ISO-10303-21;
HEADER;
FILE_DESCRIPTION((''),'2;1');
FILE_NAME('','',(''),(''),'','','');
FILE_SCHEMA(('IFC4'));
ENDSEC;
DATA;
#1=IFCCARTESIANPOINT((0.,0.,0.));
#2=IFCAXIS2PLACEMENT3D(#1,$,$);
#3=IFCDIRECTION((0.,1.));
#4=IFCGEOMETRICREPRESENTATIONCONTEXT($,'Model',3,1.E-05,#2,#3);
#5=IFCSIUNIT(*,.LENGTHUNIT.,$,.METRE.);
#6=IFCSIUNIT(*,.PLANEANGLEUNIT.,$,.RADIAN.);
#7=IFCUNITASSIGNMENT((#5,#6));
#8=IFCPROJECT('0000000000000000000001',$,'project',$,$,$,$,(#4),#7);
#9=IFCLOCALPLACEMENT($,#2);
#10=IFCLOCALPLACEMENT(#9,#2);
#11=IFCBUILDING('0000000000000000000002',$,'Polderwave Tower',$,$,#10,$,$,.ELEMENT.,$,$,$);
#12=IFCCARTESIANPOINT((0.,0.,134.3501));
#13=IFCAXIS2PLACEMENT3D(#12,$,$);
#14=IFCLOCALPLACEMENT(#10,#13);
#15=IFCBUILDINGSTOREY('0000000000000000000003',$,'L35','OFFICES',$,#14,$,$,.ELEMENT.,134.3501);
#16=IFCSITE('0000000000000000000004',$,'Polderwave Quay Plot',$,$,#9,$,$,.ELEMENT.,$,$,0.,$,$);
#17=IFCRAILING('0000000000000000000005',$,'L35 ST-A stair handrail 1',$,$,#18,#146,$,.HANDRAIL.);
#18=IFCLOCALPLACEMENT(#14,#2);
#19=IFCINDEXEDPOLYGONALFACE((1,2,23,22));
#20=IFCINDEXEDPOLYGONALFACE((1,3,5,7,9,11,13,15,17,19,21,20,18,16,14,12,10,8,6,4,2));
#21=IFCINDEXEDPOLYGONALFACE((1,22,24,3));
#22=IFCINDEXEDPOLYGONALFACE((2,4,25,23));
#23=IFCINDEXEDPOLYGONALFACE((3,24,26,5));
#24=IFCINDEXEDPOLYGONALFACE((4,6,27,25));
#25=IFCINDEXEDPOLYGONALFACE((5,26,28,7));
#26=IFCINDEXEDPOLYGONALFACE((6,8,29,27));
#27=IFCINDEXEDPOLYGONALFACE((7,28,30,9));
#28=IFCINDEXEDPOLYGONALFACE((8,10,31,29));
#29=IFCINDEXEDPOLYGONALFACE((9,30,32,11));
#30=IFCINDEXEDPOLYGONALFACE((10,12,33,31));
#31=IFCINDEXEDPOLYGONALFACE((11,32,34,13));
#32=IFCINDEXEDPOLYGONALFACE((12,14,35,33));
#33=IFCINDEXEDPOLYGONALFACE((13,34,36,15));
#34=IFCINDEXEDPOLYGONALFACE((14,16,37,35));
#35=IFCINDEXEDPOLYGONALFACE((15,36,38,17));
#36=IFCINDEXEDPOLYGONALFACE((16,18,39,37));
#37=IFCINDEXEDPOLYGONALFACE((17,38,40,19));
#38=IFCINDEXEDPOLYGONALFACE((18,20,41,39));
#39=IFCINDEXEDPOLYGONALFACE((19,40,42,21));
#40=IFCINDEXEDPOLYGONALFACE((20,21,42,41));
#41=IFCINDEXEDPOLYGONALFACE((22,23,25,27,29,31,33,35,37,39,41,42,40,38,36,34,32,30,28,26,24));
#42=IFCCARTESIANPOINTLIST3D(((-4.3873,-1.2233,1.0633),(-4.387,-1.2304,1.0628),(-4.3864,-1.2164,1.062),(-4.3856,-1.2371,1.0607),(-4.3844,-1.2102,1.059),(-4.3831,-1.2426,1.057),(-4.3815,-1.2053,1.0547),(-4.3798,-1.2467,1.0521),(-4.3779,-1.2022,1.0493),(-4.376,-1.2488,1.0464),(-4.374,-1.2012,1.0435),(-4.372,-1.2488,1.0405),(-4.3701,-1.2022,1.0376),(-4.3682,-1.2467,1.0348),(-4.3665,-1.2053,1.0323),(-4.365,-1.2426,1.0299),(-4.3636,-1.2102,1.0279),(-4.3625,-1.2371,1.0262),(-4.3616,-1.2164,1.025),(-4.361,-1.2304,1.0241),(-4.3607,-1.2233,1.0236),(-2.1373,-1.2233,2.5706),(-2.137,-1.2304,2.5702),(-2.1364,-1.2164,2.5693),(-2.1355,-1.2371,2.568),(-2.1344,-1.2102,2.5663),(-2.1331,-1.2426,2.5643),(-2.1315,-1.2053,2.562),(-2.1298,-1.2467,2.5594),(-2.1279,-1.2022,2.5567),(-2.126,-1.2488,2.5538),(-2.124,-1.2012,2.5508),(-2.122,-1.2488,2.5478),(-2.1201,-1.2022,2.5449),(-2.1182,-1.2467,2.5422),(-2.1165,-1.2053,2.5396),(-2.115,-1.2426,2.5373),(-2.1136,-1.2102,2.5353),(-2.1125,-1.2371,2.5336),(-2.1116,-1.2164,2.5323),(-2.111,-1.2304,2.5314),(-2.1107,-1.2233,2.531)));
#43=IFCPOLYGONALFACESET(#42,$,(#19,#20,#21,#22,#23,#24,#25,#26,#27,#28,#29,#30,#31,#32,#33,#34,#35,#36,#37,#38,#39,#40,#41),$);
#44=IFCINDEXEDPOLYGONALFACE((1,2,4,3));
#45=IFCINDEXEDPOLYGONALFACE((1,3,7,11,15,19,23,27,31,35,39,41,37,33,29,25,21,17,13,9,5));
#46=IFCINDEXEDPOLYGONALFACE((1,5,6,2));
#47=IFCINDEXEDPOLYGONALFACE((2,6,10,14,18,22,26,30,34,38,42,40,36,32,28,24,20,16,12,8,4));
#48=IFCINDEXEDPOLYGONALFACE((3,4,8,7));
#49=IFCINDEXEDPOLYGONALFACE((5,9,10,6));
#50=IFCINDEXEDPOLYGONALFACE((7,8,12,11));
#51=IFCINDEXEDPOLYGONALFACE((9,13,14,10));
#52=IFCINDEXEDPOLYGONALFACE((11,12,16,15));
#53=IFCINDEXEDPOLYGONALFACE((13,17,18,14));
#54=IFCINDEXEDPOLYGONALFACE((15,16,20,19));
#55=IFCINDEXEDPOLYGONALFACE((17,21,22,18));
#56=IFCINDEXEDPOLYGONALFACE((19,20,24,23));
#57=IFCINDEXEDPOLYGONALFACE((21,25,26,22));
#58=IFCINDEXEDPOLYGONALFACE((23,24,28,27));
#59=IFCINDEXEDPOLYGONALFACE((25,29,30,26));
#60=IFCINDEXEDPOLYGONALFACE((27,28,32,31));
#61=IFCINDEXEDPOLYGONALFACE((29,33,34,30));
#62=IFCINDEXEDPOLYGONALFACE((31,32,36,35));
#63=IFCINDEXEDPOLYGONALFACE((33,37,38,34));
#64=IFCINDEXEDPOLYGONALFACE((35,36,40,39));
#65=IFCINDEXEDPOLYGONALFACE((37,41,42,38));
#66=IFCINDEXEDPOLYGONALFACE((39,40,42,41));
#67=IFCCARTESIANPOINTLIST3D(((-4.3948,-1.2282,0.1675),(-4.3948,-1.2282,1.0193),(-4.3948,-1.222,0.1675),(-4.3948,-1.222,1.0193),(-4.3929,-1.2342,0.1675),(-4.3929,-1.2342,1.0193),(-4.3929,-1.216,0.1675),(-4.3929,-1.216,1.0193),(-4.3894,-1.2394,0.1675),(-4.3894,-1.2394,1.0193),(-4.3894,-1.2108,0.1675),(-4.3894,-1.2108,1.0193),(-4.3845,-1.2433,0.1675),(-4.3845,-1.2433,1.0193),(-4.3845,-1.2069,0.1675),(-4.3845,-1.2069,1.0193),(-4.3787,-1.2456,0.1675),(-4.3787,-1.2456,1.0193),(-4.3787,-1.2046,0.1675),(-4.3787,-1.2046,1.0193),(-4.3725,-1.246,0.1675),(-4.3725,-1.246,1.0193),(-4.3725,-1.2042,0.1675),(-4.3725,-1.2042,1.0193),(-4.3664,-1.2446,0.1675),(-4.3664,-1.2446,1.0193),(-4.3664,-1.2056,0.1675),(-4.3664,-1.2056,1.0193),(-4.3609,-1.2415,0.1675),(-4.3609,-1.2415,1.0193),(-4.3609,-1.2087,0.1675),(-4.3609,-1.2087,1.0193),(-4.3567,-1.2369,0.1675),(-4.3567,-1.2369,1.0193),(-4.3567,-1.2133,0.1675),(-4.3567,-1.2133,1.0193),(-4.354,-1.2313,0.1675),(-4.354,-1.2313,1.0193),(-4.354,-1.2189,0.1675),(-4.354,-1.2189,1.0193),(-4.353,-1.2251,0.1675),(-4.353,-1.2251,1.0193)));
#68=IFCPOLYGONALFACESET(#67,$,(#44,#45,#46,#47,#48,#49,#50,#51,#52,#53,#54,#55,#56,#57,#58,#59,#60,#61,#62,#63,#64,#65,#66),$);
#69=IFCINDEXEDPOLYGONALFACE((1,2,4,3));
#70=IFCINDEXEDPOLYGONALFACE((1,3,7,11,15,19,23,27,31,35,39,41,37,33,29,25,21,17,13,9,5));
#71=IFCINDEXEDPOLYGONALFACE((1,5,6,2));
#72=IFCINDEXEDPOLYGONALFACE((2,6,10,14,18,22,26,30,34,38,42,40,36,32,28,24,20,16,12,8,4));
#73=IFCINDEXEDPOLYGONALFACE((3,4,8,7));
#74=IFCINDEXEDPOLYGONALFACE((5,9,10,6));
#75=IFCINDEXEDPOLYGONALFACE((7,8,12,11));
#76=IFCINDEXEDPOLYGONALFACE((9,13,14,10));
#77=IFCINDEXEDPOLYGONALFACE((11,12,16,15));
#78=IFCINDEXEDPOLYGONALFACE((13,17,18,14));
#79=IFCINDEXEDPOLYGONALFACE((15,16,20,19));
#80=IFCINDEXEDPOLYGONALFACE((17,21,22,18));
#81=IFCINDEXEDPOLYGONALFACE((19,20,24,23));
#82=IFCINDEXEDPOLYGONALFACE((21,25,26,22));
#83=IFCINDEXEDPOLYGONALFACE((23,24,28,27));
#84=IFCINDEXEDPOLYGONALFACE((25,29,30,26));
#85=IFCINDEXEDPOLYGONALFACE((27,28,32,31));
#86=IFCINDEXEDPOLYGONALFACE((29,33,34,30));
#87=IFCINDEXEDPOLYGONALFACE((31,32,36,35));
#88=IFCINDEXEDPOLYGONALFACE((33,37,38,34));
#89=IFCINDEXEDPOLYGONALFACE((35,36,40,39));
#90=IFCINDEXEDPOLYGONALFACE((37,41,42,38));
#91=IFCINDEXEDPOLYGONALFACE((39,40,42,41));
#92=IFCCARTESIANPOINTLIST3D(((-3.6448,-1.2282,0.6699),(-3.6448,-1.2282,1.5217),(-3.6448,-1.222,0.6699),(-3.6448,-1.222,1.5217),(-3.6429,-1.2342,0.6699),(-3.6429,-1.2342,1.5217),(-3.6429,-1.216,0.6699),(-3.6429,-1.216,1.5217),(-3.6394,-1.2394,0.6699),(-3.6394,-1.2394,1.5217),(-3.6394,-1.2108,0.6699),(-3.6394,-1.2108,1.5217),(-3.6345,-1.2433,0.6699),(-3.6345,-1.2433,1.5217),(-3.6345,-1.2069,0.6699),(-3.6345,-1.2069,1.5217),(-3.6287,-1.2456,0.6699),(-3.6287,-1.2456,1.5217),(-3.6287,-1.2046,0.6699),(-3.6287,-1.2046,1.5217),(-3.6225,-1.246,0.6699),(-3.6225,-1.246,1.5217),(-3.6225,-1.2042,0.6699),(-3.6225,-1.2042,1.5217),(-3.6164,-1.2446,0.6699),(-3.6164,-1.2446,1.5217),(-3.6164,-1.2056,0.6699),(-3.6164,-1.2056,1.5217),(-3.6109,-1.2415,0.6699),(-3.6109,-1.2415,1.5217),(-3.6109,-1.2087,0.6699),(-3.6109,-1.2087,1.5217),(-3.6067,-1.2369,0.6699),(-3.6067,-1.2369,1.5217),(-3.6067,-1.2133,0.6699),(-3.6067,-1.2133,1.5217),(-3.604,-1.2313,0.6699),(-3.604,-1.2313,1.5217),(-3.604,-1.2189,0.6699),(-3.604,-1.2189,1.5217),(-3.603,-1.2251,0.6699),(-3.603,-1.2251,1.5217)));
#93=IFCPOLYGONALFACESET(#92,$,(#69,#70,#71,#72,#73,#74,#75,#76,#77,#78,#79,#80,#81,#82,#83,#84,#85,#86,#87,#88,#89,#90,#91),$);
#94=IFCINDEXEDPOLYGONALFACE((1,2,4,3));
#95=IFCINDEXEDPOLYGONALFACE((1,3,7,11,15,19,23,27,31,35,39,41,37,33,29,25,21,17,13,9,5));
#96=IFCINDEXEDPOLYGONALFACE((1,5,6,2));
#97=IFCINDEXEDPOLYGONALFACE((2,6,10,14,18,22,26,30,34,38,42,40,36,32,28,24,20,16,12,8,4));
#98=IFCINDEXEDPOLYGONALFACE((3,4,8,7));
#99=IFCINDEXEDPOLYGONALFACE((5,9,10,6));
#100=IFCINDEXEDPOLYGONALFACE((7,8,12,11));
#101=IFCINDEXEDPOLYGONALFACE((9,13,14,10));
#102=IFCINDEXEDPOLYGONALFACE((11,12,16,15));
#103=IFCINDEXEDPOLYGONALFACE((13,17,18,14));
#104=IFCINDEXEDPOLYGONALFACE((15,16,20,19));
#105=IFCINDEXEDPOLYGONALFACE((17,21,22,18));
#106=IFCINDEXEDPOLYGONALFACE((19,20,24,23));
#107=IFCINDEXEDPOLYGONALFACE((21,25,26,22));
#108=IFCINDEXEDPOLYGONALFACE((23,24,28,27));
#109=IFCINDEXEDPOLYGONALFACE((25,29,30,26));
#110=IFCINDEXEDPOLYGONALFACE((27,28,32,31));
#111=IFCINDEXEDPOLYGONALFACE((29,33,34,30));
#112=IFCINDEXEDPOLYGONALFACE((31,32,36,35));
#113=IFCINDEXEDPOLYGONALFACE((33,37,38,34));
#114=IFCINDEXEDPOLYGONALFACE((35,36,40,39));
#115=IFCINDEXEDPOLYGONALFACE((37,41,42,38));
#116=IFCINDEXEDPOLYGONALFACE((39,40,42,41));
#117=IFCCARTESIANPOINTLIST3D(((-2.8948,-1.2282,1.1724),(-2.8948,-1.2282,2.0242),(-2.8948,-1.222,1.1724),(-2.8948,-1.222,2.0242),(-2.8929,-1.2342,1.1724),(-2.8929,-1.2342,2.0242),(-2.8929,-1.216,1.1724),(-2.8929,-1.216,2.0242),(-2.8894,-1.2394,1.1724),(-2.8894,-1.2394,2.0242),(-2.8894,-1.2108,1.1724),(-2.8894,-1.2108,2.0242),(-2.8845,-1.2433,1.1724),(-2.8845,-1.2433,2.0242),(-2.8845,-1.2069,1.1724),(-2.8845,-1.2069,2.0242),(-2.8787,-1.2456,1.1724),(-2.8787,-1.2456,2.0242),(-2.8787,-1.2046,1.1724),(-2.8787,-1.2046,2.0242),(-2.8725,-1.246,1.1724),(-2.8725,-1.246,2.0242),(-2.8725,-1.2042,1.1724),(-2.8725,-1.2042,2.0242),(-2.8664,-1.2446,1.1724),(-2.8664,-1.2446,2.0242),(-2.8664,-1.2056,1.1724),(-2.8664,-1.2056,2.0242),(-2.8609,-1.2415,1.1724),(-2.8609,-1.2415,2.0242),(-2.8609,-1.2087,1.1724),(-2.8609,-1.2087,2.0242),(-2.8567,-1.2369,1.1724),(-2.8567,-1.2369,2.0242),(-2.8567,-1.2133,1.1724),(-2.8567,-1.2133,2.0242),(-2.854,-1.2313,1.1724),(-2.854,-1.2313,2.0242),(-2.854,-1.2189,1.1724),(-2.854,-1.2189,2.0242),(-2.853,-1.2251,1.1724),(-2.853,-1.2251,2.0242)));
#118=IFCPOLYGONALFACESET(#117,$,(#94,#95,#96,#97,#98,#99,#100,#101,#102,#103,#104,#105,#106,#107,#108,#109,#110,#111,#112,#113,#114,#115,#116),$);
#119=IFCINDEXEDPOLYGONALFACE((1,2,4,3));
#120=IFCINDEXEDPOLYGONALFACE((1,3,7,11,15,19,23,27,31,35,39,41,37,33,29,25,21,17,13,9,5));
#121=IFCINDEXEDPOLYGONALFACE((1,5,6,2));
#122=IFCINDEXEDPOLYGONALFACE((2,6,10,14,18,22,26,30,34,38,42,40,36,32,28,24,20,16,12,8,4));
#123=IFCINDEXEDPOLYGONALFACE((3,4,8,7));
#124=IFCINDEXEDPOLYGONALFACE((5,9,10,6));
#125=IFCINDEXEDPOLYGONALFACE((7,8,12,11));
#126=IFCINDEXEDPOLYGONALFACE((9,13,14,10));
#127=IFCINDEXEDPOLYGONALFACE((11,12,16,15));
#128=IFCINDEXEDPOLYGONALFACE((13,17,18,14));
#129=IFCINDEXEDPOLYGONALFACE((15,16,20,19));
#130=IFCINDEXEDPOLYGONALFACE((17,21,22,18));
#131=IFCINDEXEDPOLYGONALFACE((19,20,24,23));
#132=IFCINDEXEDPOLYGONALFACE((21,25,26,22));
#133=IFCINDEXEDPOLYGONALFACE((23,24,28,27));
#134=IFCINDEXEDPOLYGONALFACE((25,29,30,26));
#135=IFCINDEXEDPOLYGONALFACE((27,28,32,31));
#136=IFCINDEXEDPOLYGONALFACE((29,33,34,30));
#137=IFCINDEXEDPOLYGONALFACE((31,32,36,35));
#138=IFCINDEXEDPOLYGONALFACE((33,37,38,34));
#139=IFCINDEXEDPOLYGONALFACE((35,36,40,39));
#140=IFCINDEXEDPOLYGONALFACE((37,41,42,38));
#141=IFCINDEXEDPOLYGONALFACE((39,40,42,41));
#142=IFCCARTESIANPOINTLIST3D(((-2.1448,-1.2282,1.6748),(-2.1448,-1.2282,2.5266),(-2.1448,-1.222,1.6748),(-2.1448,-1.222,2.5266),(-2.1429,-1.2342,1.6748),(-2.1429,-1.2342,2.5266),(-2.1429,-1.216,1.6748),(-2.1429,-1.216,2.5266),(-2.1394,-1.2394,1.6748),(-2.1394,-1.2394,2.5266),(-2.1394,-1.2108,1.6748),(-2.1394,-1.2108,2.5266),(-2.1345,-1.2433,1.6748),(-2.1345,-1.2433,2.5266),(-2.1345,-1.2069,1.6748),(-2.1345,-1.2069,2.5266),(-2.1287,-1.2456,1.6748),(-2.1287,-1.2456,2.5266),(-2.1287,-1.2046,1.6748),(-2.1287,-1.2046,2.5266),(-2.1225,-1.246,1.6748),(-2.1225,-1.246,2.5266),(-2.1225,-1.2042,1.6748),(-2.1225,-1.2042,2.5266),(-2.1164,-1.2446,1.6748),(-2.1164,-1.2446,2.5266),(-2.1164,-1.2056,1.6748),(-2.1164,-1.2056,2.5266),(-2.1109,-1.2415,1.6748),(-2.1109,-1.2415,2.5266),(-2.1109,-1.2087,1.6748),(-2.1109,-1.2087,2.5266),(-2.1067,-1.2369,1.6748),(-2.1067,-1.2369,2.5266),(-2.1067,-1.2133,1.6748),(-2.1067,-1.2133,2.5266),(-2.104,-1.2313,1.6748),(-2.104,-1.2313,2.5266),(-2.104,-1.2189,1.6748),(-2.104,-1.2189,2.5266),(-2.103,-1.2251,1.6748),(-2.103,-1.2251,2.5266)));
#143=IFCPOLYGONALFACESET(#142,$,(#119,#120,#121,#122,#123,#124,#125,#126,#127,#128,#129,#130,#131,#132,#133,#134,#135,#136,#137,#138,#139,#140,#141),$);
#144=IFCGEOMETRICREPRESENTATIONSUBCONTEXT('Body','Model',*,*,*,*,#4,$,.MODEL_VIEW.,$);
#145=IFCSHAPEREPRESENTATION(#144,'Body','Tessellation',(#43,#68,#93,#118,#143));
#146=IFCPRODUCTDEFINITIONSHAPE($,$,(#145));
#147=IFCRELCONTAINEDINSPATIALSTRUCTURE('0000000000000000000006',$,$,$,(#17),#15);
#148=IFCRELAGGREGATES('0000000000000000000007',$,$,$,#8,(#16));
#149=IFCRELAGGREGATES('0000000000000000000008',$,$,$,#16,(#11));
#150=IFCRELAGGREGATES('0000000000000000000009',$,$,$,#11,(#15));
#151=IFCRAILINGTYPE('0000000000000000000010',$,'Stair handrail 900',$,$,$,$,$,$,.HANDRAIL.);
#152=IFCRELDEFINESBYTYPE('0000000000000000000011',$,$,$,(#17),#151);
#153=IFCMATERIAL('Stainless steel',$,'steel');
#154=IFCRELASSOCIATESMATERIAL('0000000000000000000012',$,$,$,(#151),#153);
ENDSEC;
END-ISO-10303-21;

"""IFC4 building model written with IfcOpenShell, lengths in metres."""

from ifc_helpers import new_model, si_unit, direction, frame, origin, origin_2d, place, context, subcontext, project, spatial, circle, extrude, material, type_object, element, save


model = new_model("IFC4")

# Units and contexts
model_context = context("Model", 3, precision=1e-05, world=origin(), true_north=direction((0.0, 1.0)))
body_context = subcontext(model_context, "Body", "Model", "MODEL_VIEW")
ifc_project = project(units=[si_unit("LENGTHUNIT", "METRE"), si_unit("PLANEANGLEUNIT", "RADIAN")], contexts=[model_context])

# Site, building, storey
site_placement = place(None, origin())
site = spatial("IfcSite", under=ifc_project, at=site_placement, Name="Polderwave Quay Plot", CompositionType="ELEMENT", RefElevation=0.0)
building_placement = place(site_placement, origin())
building = spatial("IfcBuilding", under=site, at=building_placement, Name="Polderwave Tower", CompositionType="ELEMENT")
storey_placement = place(building_placement, frame((0.0, 0.0, 134.3501)))
storey = spatial("IfcBuildingStorey", under=building, at=storey_placement, Name="L35", Description="OFFICES", CompositionType="ELEMENT", Elevation=134.3501)

# Railing
ifc_material_1 = material(Name="Stainless steel", Category="steel")
railing_type_1 = type_object("IfcRailingType", Name="Stair handrail 900", PredefinedType="HANDRAIL", material=ifc_material_1)
railing_1_placement = place(storey_placement, frame((-4.374, -1.2251, 0.1675)))
element("IfcRailing", 1, at=railing_1_placement, inside=storey, type_object=railing_type_1, Name="L35 ST-A stair handrail 1", PredefinedType="HANDRAIL", context=body_context, shape_type="SweptSolid", body=[
    extrude(circle(Radius=0.0239, at=origin_2d()), frame((0.0, 0.0, 0.876), z_axis=(0.8308, 0.0, 0.556571), x_axis=(0.0, 1.0, 0.0)), (0.0, 0.0, 1.0), 2.7083),
    extrude(circle(Radius=0.021, at=origin_2d()), origin(), (0.0, 0.0, 1.0), 0.8518),
    extrude(circle(Radius=0.021, at=origin_2d()), frame((0.75, 0.0, 0.5024)), (0.0, 0.0, 1.0), 0.8518),
    extrude(circle(Radius=0.021, at=origin_2d()), frame((1.5, 0.0, 1.0049)), (0.0, 0.0, 1.0), 0.8518),
    extrude(circle(Radius=0.021, at=origin_2d()), frame((2.25, 0.0, 1.5073)), (0.0, 0.0, 1.0), 0.8518),
])

save(model, "model.ifc")
